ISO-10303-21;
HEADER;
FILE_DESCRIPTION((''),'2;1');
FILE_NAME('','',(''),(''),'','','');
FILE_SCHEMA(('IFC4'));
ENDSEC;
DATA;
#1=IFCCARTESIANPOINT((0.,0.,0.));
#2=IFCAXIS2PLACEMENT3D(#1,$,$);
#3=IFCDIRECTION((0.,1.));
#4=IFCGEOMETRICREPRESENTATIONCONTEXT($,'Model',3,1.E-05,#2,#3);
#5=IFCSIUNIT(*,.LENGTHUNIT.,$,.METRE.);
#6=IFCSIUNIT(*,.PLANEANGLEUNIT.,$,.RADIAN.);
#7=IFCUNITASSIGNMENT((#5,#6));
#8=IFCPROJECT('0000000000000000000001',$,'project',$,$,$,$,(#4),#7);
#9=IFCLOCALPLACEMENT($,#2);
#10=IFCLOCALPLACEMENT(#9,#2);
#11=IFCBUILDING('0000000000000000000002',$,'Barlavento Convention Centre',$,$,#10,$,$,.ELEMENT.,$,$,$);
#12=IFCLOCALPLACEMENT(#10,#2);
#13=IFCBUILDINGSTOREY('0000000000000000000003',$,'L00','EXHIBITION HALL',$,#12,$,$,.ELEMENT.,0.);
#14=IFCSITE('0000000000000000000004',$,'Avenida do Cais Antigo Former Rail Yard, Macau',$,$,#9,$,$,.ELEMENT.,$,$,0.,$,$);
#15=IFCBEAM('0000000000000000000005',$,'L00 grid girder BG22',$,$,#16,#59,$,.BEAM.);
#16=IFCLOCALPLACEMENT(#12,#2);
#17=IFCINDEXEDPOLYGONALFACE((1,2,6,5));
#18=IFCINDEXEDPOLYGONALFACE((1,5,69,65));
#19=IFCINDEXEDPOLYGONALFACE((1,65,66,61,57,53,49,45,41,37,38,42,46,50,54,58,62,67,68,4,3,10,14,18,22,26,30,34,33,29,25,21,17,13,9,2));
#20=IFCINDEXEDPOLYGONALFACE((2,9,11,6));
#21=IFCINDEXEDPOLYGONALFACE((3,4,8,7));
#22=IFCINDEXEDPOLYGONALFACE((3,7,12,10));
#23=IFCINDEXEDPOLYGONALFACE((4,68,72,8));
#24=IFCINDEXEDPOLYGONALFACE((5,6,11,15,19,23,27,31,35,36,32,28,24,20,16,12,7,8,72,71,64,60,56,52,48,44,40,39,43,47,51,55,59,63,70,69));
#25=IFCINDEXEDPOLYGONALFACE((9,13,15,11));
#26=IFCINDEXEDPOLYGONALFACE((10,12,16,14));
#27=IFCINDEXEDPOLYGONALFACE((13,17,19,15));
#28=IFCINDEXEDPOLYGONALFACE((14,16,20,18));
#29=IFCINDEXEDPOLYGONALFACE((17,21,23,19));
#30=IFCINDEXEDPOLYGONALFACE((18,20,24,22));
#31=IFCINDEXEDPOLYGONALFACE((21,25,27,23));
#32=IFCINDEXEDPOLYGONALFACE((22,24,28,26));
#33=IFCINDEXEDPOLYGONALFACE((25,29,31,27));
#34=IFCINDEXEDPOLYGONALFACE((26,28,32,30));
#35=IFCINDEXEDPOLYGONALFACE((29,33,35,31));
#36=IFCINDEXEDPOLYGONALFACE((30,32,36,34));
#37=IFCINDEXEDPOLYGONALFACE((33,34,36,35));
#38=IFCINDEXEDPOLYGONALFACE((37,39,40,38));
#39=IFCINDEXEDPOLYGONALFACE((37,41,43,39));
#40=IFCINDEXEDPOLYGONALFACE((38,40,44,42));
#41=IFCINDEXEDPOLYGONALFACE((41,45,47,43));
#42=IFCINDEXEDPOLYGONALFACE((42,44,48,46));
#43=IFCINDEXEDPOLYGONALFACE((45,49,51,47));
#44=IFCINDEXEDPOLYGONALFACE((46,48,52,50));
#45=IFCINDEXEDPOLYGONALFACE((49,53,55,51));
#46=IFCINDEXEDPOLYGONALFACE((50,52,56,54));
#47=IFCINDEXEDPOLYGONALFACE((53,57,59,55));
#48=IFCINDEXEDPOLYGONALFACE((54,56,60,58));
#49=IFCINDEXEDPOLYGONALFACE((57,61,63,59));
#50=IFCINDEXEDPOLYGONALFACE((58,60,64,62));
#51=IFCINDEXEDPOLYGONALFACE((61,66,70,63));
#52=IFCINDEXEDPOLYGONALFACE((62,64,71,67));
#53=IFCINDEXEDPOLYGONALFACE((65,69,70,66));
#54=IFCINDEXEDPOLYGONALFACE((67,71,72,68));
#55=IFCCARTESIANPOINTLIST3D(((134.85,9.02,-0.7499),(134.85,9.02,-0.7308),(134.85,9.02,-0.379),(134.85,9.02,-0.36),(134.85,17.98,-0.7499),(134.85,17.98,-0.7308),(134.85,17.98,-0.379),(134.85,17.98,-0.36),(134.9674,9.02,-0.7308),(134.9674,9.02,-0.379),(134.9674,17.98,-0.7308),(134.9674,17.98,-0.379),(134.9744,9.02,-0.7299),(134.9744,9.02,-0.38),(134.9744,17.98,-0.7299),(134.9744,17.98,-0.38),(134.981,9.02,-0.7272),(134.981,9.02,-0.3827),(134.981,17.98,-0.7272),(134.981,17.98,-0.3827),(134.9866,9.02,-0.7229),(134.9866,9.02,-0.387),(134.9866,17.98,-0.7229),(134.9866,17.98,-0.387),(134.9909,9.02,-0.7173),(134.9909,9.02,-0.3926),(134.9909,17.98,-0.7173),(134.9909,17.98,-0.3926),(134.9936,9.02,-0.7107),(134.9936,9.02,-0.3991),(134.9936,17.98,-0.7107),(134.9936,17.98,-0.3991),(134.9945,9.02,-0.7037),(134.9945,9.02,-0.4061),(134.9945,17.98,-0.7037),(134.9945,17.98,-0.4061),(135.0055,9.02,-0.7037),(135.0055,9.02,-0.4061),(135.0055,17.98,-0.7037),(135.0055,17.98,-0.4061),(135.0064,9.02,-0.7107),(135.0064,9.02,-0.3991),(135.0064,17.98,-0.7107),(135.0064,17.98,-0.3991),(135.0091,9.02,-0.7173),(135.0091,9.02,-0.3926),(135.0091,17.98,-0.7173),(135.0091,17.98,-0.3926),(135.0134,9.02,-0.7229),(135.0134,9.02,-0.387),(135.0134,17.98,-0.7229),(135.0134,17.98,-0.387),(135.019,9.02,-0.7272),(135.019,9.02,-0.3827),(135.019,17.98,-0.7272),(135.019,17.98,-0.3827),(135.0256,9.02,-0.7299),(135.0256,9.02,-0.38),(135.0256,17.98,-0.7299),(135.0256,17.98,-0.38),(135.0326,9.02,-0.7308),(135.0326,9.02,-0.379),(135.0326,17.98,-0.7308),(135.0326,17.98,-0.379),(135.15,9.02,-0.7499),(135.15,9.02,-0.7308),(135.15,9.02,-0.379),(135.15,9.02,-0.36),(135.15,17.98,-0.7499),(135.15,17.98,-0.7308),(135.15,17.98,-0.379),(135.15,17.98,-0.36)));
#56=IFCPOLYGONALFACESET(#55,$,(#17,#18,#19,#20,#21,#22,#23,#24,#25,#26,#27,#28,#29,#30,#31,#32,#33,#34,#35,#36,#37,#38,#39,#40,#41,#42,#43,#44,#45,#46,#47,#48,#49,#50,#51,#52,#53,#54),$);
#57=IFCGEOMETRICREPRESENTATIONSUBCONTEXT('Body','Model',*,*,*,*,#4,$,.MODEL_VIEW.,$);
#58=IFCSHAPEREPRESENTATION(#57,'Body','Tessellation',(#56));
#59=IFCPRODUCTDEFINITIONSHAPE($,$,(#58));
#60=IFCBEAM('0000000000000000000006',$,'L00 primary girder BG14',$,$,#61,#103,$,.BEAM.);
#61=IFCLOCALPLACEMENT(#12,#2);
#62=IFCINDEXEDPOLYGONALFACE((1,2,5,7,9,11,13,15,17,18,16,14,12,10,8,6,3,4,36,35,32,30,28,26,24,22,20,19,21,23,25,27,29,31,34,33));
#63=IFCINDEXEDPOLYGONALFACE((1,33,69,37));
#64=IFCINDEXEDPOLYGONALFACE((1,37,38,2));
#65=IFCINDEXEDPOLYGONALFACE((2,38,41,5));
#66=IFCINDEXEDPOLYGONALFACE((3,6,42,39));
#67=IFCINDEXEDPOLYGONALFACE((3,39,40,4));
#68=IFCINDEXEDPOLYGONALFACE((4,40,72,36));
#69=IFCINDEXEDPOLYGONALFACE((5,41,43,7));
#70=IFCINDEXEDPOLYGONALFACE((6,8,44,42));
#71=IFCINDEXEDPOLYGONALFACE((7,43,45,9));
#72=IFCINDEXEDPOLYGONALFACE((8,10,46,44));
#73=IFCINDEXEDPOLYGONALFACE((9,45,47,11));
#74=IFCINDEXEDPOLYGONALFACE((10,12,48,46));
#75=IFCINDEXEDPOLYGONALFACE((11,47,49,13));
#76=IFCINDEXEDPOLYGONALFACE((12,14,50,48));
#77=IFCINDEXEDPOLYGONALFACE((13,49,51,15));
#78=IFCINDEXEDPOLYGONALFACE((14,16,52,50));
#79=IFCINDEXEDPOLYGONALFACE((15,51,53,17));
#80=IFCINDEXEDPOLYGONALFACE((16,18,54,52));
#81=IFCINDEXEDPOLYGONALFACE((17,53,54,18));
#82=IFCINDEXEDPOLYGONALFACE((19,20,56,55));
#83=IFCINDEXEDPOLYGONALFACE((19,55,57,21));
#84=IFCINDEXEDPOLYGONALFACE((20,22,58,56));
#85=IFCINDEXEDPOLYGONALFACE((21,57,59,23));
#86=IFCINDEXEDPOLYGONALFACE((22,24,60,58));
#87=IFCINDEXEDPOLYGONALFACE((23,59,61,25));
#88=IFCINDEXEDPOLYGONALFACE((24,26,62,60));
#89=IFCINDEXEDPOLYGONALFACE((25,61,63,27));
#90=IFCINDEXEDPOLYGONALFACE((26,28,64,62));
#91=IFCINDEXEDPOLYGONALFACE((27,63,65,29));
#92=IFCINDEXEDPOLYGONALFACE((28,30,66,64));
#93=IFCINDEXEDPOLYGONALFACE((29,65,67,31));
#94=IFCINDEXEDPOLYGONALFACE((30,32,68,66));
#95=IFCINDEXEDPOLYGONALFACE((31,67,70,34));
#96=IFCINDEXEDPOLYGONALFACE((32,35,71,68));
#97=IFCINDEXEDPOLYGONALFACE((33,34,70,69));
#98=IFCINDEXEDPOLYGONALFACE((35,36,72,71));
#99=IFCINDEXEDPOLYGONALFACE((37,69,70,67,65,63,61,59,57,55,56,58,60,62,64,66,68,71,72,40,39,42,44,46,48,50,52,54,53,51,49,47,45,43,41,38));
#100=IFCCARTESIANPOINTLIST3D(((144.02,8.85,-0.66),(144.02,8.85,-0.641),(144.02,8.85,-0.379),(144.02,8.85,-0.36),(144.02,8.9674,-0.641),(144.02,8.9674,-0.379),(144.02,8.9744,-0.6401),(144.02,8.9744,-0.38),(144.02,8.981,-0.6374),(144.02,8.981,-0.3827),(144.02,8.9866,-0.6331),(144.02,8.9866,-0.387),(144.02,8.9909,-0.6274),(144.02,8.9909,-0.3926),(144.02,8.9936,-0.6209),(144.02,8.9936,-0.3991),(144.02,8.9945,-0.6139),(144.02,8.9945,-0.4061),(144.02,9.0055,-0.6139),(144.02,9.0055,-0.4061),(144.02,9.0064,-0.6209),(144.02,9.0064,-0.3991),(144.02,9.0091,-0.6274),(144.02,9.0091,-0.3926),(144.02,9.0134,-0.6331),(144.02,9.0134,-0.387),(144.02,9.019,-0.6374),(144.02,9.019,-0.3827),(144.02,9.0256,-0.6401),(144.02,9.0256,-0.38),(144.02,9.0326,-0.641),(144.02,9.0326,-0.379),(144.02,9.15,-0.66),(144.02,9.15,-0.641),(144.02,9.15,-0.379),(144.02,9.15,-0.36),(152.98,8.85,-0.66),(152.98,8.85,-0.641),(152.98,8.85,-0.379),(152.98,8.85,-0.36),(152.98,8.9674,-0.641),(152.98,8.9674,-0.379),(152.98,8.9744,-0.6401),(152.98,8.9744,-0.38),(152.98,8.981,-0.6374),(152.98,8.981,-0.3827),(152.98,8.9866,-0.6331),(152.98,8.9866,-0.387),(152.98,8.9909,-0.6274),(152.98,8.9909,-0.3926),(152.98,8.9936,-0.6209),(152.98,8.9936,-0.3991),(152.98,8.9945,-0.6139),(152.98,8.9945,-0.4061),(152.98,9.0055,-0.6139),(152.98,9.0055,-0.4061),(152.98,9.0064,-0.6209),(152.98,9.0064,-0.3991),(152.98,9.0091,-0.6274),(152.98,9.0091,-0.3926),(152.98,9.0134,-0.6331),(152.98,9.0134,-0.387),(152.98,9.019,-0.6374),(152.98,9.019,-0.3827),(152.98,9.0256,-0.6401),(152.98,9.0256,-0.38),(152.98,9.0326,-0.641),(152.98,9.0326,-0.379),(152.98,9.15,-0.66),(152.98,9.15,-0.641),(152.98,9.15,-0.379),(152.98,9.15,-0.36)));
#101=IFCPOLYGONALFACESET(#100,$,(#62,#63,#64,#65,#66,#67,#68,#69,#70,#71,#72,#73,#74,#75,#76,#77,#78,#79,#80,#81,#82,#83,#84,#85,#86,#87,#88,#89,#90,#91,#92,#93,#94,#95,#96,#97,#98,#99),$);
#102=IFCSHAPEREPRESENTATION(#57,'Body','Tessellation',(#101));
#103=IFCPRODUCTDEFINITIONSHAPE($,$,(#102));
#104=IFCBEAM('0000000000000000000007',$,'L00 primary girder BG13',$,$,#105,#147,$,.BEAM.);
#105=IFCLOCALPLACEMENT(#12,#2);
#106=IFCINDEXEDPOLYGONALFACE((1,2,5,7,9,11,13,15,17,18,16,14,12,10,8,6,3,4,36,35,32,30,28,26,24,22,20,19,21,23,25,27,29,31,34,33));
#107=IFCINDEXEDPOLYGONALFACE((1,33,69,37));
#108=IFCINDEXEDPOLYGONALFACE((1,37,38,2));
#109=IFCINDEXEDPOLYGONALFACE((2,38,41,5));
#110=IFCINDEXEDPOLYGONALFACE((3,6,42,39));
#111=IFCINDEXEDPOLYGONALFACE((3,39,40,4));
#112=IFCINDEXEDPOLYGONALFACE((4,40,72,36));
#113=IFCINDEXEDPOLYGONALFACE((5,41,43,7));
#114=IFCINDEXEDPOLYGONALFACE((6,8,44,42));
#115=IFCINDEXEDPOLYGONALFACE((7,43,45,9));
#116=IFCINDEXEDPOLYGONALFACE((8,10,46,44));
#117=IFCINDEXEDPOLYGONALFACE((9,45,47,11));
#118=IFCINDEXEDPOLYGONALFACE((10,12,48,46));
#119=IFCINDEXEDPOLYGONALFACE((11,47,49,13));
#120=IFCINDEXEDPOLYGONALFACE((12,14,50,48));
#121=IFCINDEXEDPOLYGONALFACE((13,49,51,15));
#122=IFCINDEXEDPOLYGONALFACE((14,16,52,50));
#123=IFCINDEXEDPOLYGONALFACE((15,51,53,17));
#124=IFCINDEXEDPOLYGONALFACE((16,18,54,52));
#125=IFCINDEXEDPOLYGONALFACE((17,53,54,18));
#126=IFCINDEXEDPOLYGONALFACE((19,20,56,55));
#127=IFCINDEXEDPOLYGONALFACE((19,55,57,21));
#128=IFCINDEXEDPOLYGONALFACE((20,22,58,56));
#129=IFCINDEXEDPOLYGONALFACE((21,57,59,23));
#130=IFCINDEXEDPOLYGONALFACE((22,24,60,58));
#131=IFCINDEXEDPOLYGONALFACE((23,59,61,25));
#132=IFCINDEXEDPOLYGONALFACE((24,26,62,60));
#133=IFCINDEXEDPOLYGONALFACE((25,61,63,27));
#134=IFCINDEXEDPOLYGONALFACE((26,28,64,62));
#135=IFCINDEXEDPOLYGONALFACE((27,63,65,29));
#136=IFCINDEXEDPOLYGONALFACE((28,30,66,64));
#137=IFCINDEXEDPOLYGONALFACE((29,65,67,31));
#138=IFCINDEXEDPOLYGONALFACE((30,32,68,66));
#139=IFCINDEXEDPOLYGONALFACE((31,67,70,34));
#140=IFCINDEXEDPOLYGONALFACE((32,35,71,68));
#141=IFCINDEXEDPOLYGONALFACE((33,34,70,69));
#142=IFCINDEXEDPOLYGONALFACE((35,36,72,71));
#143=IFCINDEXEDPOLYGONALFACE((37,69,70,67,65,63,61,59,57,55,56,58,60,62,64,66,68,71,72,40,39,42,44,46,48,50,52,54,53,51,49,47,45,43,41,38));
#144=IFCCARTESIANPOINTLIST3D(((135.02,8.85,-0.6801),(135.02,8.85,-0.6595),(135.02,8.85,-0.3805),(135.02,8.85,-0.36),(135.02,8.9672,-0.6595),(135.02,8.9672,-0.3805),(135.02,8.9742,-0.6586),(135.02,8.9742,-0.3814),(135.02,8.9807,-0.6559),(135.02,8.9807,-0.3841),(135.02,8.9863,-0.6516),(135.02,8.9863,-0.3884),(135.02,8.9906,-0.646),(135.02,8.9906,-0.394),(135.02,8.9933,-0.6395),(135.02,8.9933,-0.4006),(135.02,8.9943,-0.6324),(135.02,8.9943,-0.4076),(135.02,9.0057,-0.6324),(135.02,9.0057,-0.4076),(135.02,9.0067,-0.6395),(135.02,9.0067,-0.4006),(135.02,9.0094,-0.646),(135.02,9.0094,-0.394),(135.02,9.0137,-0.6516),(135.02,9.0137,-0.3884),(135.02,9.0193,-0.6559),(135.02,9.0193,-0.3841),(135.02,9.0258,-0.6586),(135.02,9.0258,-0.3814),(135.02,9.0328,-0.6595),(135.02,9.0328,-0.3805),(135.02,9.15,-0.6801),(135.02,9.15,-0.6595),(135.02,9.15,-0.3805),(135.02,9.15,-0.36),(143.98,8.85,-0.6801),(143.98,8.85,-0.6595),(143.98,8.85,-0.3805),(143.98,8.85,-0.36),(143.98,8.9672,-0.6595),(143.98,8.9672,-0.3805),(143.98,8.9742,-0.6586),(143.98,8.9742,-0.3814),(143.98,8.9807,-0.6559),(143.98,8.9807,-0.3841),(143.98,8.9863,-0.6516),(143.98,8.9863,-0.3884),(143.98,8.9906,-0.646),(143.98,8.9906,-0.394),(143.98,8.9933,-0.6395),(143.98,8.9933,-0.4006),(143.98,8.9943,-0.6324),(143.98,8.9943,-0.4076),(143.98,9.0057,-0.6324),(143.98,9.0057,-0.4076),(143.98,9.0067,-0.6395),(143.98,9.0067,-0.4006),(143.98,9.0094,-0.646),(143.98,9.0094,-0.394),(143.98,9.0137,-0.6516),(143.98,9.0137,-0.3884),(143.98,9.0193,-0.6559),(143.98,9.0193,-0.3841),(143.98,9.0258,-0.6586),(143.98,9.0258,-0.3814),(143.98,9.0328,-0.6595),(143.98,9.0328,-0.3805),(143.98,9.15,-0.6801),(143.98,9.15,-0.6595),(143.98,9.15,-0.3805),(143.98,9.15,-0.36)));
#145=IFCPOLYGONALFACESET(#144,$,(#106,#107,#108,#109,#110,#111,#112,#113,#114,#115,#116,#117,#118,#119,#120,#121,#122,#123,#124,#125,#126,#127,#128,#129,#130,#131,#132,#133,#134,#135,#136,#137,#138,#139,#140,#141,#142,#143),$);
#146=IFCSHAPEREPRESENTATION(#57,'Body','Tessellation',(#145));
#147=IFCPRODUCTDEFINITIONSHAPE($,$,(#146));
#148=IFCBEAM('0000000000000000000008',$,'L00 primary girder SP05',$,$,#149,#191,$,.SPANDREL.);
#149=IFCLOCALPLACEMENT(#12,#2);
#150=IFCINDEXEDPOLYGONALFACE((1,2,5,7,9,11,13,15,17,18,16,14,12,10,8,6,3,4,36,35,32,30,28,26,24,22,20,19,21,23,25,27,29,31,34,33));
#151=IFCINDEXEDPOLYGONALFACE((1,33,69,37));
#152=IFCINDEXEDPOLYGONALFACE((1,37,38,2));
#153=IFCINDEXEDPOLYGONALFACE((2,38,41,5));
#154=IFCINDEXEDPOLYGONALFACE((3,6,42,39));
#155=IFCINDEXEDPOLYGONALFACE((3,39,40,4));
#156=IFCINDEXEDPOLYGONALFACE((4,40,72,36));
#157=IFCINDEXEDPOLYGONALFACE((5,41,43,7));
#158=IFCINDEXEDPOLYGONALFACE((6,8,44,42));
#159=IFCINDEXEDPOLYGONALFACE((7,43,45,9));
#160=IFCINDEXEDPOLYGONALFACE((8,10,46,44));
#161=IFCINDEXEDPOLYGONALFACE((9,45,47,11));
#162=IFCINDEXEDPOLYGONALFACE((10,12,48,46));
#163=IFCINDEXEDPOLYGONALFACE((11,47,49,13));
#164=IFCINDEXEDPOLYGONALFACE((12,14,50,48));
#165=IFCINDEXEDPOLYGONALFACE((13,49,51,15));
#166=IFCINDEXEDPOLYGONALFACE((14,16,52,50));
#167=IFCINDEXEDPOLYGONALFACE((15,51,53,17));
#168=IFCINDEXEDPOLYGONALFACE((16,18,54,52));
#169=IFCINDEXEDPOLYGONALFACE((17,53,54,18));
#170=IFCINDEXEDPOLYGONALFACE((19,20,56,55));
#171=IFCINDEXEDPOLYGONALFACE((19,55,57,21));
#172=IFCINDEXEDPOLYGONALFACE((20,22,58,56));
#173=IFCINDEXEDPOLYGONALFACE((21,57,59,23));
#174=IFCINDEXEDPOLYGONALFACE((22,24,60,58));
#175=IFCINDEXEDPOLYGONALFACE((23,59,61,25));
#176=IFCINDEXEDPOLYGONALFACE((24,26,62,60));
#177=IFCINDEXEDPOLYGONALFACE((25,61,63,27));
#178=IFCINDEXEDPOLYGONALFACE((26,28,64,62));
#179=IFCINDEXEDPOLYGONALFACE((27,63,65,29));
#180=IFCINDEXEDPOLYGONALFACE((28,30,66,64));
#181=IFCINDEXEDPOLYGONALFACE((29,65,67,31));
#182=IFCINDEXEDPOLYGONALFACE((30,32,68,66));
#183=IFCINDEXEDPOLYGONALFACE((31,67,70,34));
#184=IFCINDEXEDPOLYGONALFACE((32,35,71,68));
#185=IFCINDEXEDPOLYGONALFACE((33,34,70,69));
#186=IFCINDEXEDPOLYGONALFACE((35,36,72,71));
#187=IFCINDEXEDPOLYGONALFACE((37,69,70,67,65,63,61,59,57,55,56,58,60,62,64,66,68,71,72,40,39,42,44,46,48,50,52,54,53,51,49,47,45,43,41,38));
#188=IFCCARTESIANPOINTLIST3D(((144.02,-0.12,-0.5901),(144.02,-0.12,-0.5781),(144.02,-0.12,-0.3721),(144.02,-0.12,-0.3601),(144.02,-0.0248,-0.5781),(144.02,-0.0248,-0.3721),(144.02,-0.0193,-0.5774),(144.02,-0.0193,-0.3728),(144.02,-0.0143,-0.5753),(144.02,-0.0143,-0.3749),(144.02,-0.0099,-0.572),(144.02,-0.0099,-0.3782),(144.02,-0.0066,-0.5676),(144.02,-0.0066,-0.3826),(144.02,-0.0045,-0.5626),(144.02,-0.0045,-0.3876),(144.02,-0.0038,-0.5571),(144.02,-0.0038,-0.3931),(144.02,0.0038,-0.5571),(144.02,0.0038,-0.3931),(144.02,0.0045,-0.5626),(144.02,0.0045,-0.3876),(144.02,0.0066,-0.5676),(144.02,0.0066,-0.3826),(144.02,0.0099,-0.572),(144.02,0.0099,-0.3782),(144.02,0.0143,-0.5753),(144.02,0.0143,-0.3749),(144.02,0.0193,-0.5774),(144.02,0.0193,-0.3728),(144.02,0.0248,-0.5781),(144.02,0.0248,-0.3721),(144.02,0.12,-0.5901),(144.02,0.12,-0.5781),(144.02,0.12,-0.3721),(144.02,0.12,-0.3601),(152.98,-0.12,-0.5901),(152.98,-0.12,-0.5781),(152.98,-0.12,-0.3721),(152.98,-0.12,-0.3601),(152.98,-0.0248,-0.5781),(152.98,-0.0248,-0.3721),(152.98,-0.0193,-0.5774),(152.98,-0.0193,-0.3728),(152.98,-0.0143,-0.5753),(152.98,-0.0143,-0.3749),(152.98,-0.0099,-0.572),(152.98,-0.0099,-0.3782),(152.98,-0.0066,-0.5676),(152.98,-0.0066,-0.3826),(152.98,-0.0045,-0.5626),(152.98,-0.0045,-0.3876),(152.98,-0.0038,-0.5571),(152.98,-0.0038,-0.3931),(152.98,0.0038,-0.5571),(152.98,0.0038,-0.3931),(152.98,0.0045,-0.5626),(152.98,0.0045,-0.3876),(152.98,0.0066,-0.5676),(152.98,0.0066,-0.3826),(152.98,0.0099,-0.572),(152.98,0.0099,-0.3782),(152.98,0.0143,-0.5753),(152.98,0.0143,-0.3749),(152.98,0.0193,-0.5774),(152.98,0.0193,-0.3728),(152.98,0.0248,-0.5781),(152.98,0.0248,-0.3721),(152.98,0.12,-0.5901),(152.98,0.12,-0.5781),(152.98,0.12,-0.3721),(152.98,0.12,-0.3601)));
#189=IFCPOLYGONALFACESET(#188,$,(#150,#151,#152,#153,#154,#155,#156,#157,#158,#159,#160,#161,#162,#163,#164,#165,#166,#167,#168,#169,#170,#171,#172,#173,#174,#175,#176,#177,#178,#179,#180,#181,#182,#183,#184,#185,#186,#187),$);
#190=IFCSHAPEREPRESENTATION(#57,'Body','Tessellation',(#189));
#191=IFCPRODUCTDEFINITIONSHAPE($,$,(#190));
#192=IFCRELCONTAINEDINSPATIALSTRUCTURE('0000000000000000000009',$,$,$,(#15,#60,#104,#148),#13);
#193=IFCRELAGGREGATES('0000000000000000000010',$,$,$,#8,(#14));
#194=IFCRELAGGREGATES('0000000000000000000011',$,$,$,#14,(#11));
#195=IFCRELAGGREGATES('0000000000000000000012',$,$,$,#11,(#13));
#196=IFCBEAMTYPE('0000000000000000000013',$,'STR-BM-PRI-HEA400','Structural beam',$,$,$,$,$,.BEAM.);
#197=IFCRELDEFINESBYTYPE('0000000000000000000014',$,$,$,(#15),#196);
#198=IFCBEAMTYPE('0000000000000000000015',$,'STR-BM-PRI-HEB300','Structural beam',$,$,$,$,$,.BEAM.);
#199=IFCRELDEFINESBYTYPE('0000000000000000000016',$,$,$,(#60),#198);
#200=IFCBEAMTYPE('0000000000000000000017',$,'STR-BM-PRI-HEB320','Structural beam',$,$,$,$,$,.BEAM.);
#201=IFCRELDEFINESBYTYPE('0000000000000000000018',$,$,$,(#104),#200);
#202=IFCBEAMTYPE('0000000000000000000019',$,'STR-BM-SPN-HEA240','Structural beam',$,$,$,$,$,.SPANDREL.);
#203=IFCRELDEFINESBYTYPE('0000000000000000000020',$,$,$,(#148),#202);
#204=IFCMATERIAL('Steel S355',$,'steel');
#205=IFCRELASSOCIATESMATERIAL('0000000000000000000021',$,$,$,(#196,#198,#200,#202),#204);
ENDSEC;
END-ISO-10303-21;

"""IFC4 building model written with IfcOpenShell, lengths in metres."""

from ifc_helpers import new_model, si_unit, direction, frame, origin, origin_2d, place, context, subcontext, project, spatial, i_section, extrude, material, material_profile, profile_set, type_object, element, save


model = new_model("IFC4")

# Units and contexts
model_context = context("Model", 3, precision=1e-05, world=origin(), true_north=direction((0.0, 1.0)))
body_context = subcontext(model_context, "Body", "Model", "MODEL_VIEW")
ifc_project = project(units=[si_unit("LENGTHUNIT", "METRE"), si_unit("PLANEANGLEUNIT", "RADIAN")], contexts=[model_context])

# Site, building, storey
site_placement = place(None, origin())
site = spatial("IfcSite", under=ifc_project, at=site_placement, Name="Avenida do Cais Antigo Former Rail Yard, Macau", CompositionType="ELEMENT", RefElevation=0.0)
building_placement = place(site_placement, origin())
building = spatial("IfcBuilding", under=site, at=building_placement, Name="Barlavento Convention Centre", CompositionType="ELEMENT")
storey_placement = place(building_placement, origin())
storey = spatial("IfcBuildingStorey", under=building, at=storey_placement, Name="L00", Description="EXHIBITION HALL", CompositionType="ELEMENT", Elevation=0.0)

# Beams
ifc_material_1 = material(Name="Steel S355", Category="steel")
ifc_material_profile_1 = material_profile(ifc_material_1, i_section(OverallWidth=0.3, OverallDepth=0.3899, WebThickness=0.011, FlangeThickness=0.019, FilletRadius=0.0271, at=origin_2d()), Name="HEA 400")
ifc_profile_set_1 = profile_set([ifc_material_profile_1], Name="Steel S355")
beam_type_1 = type_object("IfcBeamType", Name="STR-BM-PRI-HEA400", Description="Structural beam", PredefinedType="BEAM", material=ifc_profile_set_1)
beam_1_placement = place(storey_placement, frame((135.0, 9.02, -0.5549), z_axis=(0.0, 1.0, 0.0), x_axis=(-1.0, 0.0, 0.0)))
element("IfcBeam", 1, at=beam_1_placement, inside=storey, type_object=beam_type_1, Name="L00 grid girder BG22", PredefinedType="BEAM", context=body_context, shape_type="SweptSolid", body=[
    extrude(i_section(OverallWidth=0.3, OverallDepth=0.3899, WebThickness=0.011, FlangeThickness=0.019, FilletRadius=0.0271, at=origin_2d()), origin(), (0.0, 0.0, 1.0), 8.96),
])
ifc_material_profile_2 = material_profile(ifc_material_1, i_section(OverallWidth=0.3, OverallDepth=0.3, WebThickness=0.011, FlangeThickness=0.019, FilletRadius=0.0271, at=origin_2d()), Name="HEB 300")
ifc_profile_set_2 = profile_set([ifc_material_profile_2], Name="Steel S355")
beam_type_2 = type_object("IfcBeamType", Name="STR-BM-PRI-HEB300", Description="Structural beam", PredefinedType="BEAM", material=ifc_profile_set_2)
beam_2_placement = place(storey_placement, frame((144.02, 9.0, -0.51), z_axis=(1.0, 0.0, 0.0), x_axis=(0.0, 1.0, 0.0)))
element("IfcBeam", 2, at=beam_2_placement, inside=storey, type_object=beam_type_2, Name="L00 primary girder BG14", PredefinedType="BEAM", context=body_context, shape_type="SweptSolid", body=[
    extrude(i_section(OverallWidth=0.3, OverallDepth=0.3, WebThickness=0.011, FlangeThickness=0.019, FilletRadius=0.0271, at=origin_2d()), origin(), (0.0, 0.0, 1.0), 8.96),
])
ifc_material_profile_3 = material_profile(ifc_material_1, i_section(OverallWidth=0.3, OverallDepth=0.3201, WebThickness=0.0115, FlangeThickness=0.0205, FilletRadius=0.0271, at=origin_2d()), Name="HEB 320")
ifc_profile_set_3 = profile_set([ifc_material_profile_3], Name="Steel S355")
beam_type_3 = type_object("IfcBeamType", Name="STR-BM-PRI-HEB320", Description="Structural beam", PredefinedType="BEAM", material=ifc_profile_set_3)
beam_3_placement = place(storey_placement, frame((135.02, 9.0, -0.52), z_axis=(1.0, 0.0, 0.0), x_axis=(0.0, 1.0, 0.0)))
element("IfcBeam", 3, at=beam_3_placement, inside=storey, type_object=beam_type_3, Name="L00 primary girder BG13", PredefinedType="BEAM", context=body_context, shape_type="SweptSolid", body=[
    extrude(i_section(OverallWidth=0.3, OverallDepth=0.3201, WebThickness=0.0115, FlangeThickness=0.0205, FilletRadius=0.0271, at=origin_2d()), origin(), (0.0, 0.0, 1.0), 8.96),
])
ifc_material_profile_4 = material_profile(ifc_material_1, i_section(OverallWidth=0.24, OverallDepth=0.23, WebThickness=0.0076, FlangeThickness=0.012, FilletRadius=0.021, at=origin_2d()), Name="HEA 240")
ifc_profile_set_4 = profile_set([ifc_material_profile_4], Name="Steel S355")
beam_type_4 = type_object("IfcBeamType", Name="STR-BM-SPN-HEA240", Description="Structural beam", PredefinedType="SPANDREL", material=ifc_profile_set_4)
beam_4_placement = place(storey_placement, frame((144.02, 0.0, -0.4751), z_axis=(1.0, 0.0, 0.0), x_axis=(0.0, 1.0, 0.0)))
element("IfcBeam", 4, at=beam_4_placement, inside=storey, type_object=beam_type_4, Name="L00 primary girder SP05", PredefinedType="SPANDREL", context=body_context, shape_type="SweptSolid", body=[
    extrude(i_section(OverallWidth=0.24, OverallDepth=0.23, WebThickness=0.0076, FlangeThickness=0.012, FilletRadius=0.021, at=origin_2d()), origin(), (0.0, 0.0, 1.0), 8.96),
])

save(model, "model.ifc")
